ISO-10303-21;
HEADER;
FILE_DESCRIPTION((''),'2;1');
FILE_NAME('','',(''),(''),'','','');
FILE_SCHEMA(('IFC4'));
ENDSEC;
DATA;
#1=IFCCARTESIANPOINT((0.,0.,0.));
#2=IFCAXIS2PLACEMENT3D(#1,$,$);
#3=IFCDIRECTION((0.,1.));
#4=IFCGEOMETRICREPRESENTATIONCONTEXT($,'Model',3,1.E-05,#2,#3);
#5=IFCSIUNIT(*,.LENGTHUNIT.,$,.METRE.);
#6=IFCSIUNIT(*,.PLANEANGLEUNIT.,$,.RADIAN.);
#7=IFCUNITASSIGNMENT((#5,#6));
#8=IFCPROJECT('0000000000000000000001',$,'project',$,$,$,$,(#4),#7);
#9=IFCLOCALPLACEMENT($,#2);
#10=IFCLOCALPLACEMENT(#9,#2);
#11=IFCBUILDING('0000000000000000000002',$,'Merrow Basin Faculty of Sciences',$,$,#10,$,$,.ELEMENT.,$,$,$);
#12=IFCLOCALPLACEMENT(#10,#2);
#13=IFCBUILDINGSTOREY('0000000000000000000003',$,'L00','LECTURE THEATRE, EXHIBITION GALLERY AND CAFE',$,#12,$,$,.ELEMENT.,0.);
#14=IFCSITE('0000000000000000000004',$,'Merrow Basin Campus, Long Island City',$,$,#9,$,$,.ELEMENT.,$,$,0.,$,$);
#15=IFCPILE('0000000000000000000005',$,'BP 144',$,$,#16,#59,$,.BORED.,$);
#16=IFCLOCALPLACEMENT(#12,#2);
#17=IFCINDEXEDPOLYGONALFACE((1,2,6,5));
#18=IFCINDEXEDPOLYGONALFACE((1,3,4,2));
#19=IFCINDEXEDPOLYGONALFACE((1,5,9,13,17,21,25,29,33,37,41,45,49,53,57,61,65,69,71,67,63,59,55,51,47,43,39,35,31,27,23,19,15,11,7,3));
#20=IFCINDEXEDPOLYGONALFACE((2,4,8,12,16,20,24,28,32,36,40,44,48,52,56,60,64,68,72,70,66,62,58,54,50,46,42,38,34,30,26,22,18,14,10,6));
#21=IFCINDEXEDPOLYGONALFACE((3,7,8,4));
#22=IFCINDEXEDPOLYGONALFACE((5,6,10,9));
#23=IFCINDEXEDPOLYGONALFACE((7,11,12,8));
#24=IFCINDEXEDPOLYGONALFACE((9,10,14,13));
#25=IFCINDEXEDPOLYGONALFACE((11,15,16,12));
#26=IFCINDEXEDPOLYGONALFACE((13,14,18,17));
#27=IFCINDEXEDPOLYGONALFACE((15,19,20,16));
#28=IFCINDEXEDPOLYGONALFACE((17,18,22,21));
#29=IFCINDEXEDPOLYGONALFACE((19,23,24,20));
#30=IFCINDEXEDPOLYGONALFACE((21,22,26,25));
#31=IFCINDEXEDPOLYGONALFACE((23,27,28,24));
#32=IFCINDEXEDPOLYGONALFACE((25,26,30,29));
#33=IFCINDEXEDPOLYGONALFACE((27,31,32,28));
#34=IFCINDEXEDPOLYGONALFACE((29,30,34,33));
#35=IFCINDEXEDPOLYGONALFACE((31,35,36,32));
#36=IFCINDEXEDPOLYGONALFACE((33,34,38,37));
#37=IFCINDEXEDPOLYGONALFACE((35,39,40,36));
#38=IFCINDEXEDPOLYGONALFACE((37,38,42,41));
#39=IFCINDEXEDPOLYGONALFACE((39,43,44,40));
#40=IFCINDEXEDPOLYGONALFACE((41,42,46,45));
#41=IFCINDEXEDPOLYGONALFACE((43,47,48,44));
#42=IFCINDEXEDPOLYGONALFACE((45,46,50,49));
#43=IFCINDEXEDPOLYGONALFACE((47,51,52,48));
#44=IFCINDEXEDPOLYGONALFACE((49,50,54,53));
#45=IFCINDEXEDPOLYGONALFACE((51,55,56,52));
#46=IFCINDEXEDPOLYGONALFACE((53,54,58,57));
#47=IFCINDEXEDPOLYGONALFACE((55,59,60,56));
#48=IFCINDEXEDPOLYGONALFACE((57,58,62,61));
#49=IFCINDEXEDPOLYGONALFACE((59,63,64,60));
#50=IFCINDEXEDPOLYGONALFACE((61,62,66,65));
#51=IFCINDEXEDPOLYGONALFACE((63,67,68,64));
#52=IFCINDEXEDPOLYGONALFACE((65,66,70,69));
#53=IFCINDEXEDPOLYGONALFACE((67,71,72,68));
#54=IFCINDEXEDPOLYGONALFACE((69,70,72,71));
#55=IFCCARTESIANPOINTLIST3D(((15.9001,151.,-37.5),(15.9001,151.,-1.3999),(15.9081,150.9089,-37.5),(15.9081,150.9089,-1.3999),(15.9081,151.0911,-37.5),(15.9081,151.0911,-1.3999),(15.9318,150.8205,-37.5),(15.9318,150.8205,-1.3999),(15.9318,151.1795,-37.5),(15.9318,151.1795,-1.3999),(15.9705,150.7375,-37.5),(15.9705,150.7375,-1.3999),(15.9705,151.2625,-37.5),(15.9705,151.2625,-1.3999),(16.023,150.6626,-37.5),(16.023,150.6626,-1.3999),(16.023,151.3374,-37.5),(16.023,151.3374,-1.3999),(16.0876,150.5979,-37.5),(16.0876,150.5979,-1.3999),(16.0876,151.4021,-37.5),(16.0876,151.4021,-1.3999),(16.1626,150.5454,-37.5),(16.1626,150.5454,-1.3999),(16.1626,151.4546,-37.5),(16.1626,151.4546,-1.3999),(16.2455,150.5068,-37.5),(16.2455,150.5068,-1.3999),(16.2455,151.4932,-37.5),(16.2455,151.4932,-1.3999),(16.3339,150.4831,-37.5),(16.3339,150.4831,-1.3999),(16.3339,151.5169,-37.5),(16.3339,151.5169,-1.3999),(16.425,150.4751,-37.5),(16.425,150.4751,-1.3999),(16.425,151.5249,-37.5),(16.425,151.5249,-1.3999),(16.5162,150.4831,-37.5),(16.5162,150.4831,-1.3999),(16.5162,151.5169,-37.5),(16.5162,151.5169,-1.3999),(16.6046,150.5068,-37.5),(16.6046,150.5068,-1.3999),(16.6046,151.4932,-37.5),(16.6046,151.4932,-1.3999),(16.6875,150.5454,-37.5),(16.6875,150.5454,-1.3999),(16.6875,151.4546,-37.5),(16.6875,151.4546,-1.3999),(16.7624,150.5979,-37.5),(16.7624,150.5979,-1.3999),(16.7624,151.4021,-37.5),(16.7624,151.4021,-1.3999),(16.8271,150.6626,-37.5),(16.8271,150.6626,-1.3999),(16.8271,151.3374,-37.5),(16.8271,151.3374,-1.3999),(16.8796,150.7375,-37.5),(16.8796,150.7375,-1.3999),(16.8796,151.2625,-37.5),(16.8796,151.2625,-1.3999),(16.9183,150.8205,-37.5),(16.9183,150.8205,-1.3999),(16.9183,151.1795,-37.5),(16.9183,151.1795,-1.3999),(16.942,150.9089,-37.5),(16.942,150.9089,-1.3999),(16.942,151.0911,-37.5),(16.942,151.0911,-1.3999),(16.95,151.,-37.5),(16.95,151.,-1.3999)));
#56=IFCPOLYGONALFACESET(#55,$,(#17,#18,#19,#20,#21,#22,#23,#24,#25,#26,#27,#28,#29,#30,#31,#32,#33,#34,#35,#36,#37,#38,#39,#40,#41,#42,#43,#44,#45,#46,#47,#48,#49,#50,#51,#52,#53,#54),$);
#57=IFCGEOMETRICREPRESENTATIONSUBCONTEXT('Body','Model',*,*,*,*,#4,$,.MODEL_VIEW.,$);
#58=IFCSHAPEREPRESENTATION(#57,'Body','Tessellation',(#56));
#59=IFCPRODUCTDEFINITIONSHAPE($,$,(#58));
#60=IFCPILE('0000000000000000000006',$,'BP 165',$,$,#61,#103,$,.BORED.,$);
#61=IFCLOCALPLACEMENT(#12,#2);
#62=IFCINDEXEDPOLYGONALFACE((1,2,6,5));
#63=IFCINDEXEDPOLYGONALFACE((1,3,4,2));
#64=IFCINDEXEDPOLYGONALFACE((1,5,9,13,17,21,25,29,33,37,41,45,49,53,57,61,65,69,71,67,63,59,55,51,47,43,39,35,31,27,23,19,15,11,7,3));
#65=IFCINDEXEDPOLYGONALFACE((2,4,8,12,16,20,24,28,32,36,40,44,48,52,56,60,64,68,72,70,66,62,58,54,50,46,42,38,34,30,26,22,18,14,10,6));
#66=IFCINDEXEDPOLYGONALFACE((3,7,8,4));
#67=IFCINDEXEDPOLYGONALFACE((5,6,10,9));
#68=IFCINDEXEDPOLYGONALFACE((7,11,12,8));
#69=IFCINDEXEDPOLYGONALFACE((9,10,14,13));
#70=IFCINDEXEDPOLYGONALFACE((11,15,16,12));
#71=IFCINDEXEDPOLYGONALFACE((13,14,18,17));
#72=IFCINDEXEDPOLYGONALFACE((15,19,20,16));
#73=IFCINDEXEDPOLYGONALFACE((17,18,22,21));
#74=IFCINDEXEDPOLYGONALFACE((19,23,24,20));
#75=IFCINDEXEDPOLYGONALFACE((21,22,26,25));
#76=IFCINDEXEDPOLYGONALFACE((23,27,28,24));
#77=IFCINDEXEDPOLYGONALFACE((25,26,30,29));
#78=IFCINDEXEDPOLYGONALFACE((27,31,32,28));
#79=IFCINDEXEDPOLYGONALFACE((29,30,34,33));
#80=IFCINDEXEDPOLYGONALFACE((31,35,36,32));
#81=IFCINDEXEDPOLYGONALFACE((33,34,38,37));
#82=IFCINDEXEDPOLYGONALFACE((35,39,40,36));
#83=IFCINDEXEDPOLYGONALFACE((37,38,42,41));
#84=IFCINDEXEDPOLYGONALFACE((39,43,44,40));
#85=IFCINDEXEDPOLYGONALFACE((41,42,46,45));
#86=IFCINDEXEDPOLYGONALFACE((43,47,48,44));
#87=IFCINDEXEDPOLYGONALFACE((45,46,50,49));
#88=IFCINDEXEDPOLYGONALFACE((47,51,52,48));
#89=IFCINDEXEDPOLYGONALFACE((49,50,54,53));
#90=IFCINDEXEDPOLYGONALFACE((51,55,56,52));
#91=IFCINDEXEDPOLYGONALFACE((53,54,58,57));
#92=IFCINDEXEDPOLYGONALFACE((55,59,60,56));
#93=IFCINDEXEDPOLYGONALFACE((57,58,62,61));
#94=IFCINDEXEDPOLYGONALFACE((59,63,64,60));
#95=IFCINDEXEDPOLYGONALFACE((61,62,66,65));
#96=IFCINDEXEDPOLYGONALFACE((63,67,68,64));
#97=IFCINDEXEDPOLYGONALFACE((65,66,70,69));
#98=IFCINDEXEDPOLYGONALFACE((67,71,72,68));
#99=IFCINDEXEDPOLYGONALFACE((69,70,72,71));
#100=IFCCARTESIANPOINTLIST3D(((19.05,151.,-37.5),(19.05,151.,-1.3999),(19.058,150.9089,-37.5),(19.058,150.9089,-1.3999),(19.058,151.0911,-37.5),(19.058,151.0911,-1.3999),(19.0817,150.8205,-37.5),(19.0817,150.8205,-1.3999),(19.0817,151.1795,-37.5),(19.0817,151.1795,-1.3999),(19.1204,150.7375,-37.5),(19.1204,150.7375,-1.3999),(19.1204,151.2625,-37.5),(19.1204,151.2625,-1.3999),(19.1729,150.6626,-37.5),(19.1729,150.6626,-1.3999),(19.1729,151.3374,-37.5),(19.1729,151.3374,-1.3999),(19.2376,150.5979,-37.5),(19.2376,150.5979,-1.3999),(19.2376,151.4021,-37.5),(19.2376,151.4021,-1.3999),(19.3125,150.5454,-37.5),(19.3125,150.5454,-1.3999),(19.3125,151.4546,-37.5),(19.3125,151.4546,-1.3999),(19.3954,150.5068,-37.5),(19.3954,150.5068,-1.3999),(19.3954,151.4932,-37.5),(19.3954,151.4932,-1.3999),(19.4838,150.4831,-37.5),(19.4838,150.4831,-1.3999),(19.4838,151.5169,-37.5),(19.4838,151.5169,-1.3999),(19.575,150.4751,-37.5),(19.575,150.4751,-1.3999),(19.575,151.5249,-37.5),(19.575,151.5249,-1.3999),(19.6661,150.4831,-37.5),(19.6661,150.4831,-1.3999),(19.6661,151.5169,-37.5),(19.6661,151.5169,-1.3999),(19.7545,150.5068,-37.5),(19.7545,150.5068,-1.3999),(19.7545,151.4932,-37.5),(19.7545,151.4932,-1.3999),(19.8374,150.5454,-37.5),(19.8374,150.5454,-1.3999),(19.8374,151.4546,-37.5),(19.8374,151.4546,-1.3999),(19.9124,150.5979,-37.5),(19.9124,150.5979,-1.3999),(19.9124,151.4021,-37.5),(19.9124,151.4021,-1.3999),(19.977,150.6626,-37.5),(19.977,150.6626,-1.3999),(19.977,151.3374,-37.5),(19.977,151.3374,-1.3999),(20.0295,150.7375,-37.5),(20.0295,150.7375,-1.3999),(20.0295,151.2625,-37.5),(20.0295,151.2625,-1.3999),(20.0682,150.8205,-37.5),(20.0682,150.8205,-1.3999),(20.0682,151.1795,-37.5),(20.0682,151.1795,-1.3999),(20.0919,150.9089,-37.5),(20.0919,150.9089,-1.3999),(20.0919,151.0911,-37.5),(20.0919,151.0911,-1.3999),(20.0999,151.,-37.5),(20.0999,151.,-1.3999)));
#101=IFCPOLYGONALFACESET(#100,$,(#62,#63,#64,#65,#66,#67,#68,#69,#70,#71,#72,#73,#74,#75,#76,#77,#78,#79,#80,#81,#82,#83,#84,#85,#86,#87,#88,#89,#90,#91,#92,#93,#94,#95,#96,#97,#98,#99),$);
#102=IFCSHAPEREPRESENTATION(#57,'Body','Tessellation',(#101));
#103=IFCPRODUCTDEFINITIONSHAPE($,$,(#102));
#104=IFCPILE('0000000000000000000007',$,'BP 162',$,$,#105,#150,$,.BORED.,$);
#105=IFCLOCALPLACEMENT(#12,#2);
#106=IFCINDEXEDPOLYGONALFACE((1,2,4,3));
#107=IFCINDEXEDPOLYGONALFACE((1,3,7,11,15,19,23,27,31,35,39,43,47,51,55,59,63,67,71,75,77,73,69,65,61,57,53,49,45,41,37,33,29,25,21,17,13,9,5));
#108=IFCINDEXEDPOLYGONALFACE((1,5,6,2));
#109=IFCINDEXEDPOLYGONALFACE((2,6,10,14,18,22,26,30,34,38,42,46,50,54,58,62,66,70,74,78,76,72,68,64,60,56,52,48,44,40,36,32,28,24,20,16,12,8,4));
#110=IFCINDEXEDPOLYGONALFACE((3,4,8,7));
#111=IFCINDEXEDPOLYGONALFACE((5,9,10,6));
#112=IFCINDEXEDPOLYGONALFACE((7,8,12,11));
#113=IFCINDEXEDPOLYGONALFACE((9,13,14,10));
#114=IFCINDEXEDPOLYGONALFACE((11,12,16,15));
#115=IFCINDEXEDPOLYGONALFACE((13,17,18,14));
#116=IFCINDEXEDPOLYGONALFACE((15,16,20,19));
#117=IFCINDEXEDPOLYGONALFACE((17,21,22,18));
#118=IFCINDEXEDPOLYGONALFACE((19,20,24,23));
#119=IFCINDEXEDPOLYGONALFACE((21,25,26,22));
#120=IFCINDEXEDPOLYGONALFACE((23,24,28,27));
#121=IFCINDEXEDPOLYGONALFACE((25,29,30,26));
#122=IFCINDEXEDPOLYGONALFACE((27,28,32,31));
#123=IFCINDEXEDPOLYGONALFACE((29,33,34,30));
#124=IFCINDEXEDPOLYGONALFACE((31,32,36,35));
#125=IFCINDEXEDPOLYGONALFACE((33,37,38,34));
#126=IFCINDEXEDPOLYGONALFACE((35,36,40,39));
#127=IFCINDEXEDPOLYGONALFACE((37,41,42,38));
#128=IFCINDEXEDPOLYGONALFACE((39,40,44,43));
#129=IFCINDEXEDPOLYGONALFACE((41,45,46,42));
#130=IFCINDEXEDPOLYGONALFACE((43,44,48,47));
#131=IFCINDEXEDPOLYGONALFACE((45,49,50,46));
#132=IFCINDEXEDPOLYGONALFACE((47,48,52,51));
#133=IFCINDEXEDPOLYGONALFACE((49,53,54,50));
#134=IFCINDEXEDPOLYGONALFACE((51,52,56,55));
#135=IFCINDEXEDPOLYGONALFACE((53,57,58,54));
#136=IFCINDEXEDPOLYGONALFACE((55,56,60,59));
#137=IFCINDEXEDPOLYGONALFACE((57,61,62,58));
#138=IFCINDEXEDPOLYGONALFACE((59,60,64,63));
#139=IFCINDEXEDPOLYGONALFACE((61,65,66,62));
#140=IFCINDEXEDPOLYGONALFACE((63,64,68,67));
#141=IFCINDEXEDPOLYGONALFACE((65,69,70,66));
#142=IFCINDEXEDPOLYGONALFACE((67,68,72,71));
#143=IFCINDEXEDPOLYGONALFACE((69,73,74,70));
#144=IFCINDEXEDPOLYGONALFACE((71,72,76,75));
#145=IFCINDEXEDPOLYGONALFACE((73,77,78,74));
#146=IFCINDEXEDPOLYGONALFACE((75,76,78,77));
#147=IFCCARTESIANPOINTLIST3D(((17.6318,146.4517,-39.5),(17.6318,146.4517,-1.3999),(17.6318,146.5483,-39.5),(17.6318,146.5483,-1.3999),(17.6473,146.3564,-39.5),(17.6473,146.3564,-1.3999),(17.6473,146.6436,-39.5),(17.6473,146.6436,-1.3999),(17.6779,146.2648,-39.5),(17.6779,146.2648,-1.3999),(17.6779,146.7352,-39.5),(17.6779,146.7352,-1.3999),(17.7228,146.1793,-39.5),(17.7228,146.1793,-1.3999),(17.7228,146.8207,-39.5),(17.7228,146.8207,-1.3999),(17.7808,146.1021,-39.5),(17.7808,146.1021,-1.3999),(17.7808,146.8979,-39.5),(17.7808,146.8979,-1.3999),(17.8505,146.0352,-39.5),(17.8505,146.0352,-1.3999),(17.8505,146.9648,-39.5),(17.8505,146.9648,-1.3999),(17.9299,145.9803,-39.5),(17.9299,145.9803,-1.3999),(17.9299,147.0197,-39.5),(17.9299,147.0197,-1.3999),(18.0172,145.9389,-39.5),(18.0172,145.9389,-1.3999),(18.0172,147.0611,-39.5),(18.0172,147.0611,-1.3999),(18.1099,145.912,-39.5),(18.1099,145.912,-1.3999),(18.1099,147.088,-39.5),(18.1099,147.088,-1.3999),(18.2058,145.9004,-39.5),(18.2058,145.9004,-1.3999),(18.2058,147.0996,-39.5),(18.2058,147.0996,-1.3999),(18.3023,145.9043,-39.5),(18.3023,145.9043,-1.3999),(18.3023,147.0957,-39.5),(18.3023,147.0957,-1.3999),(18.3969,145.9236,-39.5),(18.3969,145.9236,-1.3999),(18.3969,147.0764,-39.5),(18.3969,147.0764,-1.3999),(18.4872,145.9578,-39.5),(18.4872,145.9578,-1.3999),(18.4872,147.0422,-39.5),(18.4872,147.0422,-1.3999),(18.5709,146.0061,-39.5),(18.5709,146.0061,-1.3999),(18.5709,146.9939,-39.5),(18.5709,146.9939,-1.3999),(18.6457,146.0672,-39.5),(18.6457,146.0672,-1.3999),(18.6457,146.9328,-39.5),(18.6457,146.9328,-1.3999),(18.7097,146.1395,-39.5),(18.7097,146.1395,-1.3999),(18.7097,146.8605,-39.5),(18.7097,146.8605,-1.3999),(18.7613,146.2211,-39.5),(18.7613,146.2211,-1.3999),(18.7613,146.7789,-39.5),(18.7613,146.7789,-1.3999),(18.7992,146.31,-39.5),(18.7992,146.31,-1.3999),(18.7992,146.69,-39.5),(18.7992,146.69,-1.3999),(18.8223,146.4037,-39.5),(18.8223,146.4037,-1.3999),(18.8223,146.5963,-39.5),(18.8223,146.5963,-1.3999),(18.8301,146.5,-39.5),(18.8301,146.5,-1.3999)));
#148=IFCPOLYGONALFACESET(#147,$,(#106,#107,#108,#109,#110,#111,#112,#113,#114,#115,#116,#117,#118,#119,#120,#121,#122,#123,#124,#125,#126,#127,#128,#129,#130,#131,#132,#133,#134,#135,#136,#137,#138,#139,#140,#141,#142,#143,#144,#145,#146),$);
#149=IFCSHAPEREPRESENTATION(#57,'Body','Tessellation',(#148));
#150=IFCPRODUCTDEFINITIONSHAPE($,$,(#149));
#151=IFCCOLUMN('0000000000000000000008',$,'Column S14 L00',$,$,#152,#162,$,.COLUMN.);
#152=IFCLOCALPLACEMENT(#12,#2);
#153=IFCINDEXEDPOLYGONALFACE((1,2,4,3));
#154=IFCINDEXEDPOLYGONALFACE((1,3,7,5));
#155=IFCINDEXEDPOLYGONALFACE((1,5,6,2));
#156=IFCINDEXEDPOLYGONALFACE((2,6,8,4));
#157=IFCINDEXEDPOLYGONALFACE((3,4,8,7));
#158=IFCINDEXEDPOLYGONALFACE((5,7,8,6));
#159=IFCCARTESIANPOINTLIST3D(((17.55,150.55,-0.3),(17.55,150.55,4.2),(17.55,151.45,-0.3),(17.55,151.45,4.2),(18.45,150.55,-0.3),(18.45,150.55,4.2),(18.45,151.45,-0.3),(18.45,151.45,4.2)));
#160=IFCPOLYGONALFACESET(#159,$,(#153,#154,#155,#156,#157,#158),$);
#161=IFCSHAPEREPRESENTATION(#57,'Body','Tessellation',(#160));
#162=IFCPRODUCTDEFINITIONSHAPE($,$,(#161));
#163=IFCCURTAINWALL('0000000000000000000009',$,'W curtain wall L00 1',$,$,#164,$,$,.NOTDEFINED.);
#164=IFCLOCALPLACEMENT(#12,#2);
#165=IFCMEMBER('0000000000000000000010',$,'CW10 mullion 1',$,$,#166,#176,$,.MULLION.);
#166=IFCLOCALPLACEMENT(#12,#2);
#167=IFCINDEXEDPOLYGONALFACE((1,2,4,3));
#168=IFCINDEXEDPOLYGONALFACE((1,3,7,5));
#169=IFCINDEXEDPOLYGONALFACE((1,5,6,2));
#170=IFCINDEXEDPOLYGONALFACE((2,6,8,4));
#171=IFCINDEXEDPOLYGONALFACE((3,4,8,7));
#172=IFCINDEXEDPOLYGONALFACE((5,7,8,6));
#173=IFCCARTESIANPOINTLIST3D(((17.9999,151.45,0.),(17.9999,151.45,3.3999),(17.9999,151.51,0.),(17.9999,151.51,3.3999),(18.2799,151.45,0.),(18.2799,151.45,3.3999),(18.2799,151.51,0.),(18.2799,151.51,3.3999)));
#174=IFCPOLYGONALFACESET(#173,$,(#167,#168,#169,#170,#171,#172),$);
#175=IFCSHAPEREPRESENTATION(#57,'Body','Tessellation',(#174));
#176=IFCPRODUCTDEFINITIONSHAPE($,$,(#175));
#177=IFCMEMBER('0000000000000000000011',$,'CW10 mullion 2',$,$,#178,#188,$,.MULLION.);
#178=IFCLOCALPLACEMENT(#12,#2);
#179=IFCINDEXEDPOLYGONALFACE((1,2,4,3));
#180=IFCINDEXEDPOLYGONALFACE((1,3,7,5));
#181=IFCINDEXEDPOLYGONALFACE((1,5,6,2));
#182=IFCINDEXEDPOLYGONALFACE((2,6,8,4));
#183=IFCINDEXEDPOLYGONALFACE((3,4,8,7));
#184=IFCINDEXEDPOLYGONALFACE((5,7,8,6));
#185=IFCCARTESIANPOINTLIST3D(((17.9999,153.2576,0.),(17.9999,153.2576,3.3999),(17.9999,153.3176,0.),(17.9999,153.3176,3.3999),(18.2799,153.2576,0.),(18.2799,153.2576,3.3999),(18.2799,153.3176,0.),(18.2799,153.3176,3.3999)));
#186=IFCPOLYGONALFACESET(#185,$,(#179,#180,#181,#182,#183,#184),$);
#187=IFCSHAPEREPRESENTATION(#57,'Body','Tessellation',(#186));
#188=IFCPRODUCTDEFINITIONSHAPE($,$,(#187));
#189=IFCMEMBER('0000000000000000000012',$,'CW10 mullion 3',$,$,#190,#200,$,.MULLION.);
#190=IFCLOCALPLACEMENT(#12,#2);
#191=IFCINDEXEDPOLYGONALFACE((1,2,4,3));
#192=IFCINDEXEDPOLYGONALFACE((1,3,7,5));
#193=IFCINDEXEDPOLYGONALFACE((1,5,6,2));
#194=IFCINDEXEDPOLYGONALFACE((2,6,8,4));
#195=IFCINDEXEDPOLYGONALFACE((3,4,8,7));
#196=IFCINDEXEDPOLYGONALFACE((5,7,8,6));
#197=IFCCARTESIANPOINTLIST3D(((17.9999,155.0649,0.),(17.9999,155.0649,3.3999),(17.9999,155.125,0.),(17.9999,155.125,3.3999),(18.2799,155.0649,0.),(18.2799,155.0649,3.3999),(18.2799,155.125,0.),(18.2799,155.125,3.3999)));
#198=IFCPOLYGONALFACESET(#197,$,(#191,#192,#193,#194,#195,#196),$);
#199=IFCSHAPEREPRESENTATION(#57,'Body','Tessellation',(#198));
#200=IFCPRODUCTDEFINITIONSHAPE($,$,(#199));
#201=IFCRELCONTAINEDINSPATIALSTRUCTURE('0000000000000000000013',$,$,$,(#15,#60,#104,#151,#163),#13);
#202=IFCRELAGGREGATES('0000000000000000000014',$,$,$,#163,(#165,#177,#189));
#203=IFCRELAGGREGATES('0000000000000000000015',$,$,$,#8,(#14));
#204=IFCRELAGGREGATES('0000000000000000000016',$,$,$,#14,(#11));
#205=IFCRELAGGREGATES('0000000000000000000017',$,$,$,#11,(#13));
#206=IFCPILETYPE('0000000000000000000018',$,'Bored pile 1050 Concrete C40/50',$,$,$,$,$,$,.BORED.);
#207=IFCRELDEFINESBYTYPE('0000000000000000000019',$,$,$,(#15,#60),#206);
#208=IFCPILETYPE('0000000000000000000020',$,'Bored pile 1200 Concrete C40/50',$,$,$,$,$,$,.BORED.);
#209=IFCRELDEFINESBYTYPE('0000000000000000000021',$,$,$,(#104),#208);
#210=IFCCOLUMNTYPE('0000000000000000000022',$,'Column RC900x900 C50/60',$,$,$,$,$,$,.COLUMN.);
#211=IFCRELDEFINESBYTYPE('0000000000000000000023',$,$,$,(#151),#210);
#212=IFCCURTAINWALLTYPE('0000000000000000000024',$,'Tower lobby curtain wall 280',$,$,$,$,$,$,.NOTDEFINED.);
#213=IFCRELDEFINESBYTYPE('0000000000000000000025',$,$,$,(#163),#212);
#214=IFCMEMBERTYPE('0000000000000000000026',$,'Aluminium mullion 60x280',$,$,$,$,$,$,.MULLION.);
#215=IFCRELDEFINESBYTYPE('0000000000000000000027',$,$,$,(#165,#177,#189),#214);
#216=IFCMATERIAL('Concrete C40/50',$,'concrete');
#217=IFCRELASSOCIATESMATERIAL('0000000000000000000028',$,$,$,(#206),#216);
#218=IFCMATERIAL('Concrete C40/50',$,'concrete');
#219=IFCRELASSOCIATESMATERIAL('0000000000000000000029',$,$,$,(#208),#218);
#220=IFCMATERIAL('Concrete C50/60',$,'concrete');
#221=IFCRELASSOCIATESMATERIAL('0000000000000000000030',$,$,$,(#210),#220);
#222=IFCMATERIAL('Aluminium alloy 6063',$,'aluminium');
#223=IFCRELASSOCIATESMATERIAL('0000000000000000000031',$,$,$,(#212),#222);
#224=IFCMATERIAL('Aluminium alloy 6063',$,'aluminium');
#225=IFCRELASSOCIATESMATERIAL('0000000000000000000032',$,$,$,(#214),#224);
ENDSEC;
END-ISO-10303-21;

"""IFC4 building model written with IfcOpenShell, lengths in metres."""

from ifc_helpers import new_model, si_unit, direction, frame, origin, origin_2d, place, context, subcontext, project, spatial, rectangle, circle, extrude, material, material_profile, profile_set, type_object, element, aggregate, save


model = new_model("IFC4")

# Units and contexts
model_context = context("Model", 3, precision=1e-05, world=origin(), true_north=direction((0.0, 1.0)))
body_context = subcontext(model_context, "Body", "Model", "MODEL_VIEW")
ifc_project = project(units=[si_unit("LENGTHUNIT", "METRE"), si_unit("PLANEANGLEUNIT", "RADIAN")], contexts=[model_context])

# Site, building, storey
site_placement = place(None, origin())
site = spatial("IfcSite", under=ifc_project, at=site_placement, Name="Merrow Basin Campus, Long Island City", CompositionType="ELEMENT", RefElevation=0.0)
building_placement = place(site_placement, origin())
building = spatial("IfcBuilding", under=site, at=building_placement, Name="Merrow Basin Faculty of Sciences", CompositionType="ELEMENT")
storey_placement = place(building_placement, origin())
storey = spatial("IfcBuildingStorey", under=building, at=storey_placement, Name="L00", Description="LECTURE THEATRE, EXHIBITION GALLERY AND CAFE", CompositionType="ELEMENT", Elevation=0.0)

# Piles
ifc_material_1 = material(Name="Concrete C40/50", Category="concrete")
ifc_material_profile_1 = material_profile(ifc_material_1, circle(Radius=0.5249, at=origin_2d()))
ifc_profile_set_1 = profile_set([ifc_material_profile_1], Name="Concrete C40/50")
pile_type_1 = type_object("IfcPileType", Name="Bored pile 1050 Concrete C40/50", PredefinedType="BORED", material=ifc_profile_set_1)
for number, where, z_axis, x_axis, name in (
    (1, (16.425, 151.0, -1.3999), (0.0, 0.0, -1.0), (1.0, 0.0, 0.0), "BP 144"),
    (2, (19.575, 151.0, -1.3999), (0.0, 0.0, -1.0), (1.0, 0.0, 0.0), "BP 165"),
):
    element("IfcPile", number, at=place(storey_placement, frame(where, z_axis=z_axis, x_axis=x_axis)), inside=storey, type_object=pile_type_1, Name=name, PredefinedType="BORED", context=body_context, shape_type="SweptSolid", body=[
        extrude(circle(Radius=0.5249, at=origin_2d()), origin(), (0.0, 0.0, 1.0), 36.1001),
    ])
ifc_material_2 = material(Name="Concrete C40/50", Category="concrete")
ifc_material_profile_2 = material_profile(ifc_material_2, circle(Radius=0.6001, at=origin_2d()))
ifc_profile_set_2 = profile_set([ifc_material_profile_2], Name="Concrete C40/50")
pile_type_2 = type_object("IfcPileType", Name="Bored pile 1200 Concrete C40/50", PredefinedType="BORED", material=ifc_profile_set_2)
pile_placement = place(storey_placement, frame((18.23, 146.5, -1.3999), z_axis=(0.0, 0.0, -1.0), x_axis=(1.0, 0.0, 0.0)))
element("IfcPile", 3, at=pile_placement, inside=storey, type_object=pile_type_2, Name="BP 162", PredefinedType="BORED", context=body_context, shape_type="SweptSolid", body=[
    extrude(circle(Radius=0.6001, at=origin_2d()), origin(), (0.0, 0.0, 1.0), 38.1001),
])

# Column
ifc_material_3 = material(Name="Concrete C50/60", Category="concrete")
ifc_material_profile_3 = material_profile(ifc_material_3, rectangle(XDim=0.8999, YDim=0.8999, at=origin_2d()))
ifc_profile_set_3 = profile_set([ifc_material_profile_3], Name="Concrete C50/60")
column_type = type_object("IfcColumnType", Name="Column RC900x900 C50/60", PredefinedType="COLUMN", material=ifc_profile_set_3)
column_placement = place(storey_placement, frame((18.0, 151.0, -0.3), z_axis=(0.0, 0.0, 1.0), x_axis=(1.0, 0.0, 0.0)))
element("IfcColumn", 4, at=column_placement, inside=storey, type_object=column_type, Name="Column S14 L00", PredefinedType="COLUMN", context=body_context, shape_type="SweptSolid", body=[
    extrude(rectangle(XDim=0.8999, YDim=0.8999, at=origin_2d()), origin(), (0.0, 0.0, 1.0), 4.5),
])

# Curtain wall, members
ifc_material_4 = material(Name="Aluminium alloy 6063", Category="aluminium")
curtain_wall_type = type_object("IfcCurtainWallType", Name="Tower lobby curtain wall 280", PredefinedType="NOTDEFINED", material=ifc_material_4)
curtain_wall_placement = place(storey_placement, origin())
curtain_wall = element("IfcCurtainWall", 5, at=curtain_wall_placement, inside=storey, type_object=curtain_wall_type, Name="W curtain wall L00 1", PredefinedType="NOTDEFINED")
ifc_material_5 = material(Name="Aluminium alloy 6063", Category="aluminium")
ifc_material_profile_4 = material_profile(ifc_material_5, rectangle(XDim=0.28, YDim=0.0601, at=origin_2d()))
ifc_profile_set_4 = profile_set([ifc_material_profile_4], Name="Aluminium alloy 6063")
member_type_1 = type_object("IfcMemberType", Name="Aluminium mullion 60x280", PredefinedType="MULLION", material=ifc_profile_set_4)
member_1_placement = place(storey_placement, frame((18.1399, 151.48, 0.0), z_axis=(0.0, 0.0, 1.0), x_axis=(-1.0, 0.0, 0.0)))
member_1 = element("IfcMember", 6, at=member_1_placement, type_object=member_type_1, Name="CW10 mullion 1", PredefinedType="MULLION", context=body_context, shape_type="SweptSolid", body=[
    extrude(rectangle(XDim=0.28, YDim=0.0601, at=origin_2d()), origin(), (0.0, 0.0, 1.0), 3.3999),
])
member_2_placement = place(storey_placement, frame((18.1399, 153.2876, 0.0), z_axis=(0.0, 0.0, 1.0), x_axis=(-1.0, 0.0, 0.0)))
member_2 = element("IfcMember", 7, at=member_2_placement, type_object=member_type_1, Name="CW10 mullion 2", PredefinedType="MULLION", context=body_context, shape_type="SweptSolid", body=[
    extrude(rectangle(XDim=0.28, YDim=0.0601, at=origin_2d()), origin(), (0.0, 0.0, 1.0), 3.3999),
])
member_3_placement = place(storey_placement, frame((18.1399, 155.095, 0.0), z_axis=(0.0, 0.0, 1.0), x_axis=(-1.0, 0.0, 0.0)))
member_3 = element("IfcMember", 8, at=member_3_placement, type_object=member_type_1, Name="CW10 mullion 3", PredefinedType="MULLION", context=body_context, shape_type="SweptSolid", body=[
    extrude(rectangle(XDim=0.28, YDim=0.0601, at=origin_2d()), origin(), (0.0, 0.0, 1.0), 3.3999),
])
aggregate(curtain_wall, [member_1, member_2, member_3])

save(model, "model.ifc")
